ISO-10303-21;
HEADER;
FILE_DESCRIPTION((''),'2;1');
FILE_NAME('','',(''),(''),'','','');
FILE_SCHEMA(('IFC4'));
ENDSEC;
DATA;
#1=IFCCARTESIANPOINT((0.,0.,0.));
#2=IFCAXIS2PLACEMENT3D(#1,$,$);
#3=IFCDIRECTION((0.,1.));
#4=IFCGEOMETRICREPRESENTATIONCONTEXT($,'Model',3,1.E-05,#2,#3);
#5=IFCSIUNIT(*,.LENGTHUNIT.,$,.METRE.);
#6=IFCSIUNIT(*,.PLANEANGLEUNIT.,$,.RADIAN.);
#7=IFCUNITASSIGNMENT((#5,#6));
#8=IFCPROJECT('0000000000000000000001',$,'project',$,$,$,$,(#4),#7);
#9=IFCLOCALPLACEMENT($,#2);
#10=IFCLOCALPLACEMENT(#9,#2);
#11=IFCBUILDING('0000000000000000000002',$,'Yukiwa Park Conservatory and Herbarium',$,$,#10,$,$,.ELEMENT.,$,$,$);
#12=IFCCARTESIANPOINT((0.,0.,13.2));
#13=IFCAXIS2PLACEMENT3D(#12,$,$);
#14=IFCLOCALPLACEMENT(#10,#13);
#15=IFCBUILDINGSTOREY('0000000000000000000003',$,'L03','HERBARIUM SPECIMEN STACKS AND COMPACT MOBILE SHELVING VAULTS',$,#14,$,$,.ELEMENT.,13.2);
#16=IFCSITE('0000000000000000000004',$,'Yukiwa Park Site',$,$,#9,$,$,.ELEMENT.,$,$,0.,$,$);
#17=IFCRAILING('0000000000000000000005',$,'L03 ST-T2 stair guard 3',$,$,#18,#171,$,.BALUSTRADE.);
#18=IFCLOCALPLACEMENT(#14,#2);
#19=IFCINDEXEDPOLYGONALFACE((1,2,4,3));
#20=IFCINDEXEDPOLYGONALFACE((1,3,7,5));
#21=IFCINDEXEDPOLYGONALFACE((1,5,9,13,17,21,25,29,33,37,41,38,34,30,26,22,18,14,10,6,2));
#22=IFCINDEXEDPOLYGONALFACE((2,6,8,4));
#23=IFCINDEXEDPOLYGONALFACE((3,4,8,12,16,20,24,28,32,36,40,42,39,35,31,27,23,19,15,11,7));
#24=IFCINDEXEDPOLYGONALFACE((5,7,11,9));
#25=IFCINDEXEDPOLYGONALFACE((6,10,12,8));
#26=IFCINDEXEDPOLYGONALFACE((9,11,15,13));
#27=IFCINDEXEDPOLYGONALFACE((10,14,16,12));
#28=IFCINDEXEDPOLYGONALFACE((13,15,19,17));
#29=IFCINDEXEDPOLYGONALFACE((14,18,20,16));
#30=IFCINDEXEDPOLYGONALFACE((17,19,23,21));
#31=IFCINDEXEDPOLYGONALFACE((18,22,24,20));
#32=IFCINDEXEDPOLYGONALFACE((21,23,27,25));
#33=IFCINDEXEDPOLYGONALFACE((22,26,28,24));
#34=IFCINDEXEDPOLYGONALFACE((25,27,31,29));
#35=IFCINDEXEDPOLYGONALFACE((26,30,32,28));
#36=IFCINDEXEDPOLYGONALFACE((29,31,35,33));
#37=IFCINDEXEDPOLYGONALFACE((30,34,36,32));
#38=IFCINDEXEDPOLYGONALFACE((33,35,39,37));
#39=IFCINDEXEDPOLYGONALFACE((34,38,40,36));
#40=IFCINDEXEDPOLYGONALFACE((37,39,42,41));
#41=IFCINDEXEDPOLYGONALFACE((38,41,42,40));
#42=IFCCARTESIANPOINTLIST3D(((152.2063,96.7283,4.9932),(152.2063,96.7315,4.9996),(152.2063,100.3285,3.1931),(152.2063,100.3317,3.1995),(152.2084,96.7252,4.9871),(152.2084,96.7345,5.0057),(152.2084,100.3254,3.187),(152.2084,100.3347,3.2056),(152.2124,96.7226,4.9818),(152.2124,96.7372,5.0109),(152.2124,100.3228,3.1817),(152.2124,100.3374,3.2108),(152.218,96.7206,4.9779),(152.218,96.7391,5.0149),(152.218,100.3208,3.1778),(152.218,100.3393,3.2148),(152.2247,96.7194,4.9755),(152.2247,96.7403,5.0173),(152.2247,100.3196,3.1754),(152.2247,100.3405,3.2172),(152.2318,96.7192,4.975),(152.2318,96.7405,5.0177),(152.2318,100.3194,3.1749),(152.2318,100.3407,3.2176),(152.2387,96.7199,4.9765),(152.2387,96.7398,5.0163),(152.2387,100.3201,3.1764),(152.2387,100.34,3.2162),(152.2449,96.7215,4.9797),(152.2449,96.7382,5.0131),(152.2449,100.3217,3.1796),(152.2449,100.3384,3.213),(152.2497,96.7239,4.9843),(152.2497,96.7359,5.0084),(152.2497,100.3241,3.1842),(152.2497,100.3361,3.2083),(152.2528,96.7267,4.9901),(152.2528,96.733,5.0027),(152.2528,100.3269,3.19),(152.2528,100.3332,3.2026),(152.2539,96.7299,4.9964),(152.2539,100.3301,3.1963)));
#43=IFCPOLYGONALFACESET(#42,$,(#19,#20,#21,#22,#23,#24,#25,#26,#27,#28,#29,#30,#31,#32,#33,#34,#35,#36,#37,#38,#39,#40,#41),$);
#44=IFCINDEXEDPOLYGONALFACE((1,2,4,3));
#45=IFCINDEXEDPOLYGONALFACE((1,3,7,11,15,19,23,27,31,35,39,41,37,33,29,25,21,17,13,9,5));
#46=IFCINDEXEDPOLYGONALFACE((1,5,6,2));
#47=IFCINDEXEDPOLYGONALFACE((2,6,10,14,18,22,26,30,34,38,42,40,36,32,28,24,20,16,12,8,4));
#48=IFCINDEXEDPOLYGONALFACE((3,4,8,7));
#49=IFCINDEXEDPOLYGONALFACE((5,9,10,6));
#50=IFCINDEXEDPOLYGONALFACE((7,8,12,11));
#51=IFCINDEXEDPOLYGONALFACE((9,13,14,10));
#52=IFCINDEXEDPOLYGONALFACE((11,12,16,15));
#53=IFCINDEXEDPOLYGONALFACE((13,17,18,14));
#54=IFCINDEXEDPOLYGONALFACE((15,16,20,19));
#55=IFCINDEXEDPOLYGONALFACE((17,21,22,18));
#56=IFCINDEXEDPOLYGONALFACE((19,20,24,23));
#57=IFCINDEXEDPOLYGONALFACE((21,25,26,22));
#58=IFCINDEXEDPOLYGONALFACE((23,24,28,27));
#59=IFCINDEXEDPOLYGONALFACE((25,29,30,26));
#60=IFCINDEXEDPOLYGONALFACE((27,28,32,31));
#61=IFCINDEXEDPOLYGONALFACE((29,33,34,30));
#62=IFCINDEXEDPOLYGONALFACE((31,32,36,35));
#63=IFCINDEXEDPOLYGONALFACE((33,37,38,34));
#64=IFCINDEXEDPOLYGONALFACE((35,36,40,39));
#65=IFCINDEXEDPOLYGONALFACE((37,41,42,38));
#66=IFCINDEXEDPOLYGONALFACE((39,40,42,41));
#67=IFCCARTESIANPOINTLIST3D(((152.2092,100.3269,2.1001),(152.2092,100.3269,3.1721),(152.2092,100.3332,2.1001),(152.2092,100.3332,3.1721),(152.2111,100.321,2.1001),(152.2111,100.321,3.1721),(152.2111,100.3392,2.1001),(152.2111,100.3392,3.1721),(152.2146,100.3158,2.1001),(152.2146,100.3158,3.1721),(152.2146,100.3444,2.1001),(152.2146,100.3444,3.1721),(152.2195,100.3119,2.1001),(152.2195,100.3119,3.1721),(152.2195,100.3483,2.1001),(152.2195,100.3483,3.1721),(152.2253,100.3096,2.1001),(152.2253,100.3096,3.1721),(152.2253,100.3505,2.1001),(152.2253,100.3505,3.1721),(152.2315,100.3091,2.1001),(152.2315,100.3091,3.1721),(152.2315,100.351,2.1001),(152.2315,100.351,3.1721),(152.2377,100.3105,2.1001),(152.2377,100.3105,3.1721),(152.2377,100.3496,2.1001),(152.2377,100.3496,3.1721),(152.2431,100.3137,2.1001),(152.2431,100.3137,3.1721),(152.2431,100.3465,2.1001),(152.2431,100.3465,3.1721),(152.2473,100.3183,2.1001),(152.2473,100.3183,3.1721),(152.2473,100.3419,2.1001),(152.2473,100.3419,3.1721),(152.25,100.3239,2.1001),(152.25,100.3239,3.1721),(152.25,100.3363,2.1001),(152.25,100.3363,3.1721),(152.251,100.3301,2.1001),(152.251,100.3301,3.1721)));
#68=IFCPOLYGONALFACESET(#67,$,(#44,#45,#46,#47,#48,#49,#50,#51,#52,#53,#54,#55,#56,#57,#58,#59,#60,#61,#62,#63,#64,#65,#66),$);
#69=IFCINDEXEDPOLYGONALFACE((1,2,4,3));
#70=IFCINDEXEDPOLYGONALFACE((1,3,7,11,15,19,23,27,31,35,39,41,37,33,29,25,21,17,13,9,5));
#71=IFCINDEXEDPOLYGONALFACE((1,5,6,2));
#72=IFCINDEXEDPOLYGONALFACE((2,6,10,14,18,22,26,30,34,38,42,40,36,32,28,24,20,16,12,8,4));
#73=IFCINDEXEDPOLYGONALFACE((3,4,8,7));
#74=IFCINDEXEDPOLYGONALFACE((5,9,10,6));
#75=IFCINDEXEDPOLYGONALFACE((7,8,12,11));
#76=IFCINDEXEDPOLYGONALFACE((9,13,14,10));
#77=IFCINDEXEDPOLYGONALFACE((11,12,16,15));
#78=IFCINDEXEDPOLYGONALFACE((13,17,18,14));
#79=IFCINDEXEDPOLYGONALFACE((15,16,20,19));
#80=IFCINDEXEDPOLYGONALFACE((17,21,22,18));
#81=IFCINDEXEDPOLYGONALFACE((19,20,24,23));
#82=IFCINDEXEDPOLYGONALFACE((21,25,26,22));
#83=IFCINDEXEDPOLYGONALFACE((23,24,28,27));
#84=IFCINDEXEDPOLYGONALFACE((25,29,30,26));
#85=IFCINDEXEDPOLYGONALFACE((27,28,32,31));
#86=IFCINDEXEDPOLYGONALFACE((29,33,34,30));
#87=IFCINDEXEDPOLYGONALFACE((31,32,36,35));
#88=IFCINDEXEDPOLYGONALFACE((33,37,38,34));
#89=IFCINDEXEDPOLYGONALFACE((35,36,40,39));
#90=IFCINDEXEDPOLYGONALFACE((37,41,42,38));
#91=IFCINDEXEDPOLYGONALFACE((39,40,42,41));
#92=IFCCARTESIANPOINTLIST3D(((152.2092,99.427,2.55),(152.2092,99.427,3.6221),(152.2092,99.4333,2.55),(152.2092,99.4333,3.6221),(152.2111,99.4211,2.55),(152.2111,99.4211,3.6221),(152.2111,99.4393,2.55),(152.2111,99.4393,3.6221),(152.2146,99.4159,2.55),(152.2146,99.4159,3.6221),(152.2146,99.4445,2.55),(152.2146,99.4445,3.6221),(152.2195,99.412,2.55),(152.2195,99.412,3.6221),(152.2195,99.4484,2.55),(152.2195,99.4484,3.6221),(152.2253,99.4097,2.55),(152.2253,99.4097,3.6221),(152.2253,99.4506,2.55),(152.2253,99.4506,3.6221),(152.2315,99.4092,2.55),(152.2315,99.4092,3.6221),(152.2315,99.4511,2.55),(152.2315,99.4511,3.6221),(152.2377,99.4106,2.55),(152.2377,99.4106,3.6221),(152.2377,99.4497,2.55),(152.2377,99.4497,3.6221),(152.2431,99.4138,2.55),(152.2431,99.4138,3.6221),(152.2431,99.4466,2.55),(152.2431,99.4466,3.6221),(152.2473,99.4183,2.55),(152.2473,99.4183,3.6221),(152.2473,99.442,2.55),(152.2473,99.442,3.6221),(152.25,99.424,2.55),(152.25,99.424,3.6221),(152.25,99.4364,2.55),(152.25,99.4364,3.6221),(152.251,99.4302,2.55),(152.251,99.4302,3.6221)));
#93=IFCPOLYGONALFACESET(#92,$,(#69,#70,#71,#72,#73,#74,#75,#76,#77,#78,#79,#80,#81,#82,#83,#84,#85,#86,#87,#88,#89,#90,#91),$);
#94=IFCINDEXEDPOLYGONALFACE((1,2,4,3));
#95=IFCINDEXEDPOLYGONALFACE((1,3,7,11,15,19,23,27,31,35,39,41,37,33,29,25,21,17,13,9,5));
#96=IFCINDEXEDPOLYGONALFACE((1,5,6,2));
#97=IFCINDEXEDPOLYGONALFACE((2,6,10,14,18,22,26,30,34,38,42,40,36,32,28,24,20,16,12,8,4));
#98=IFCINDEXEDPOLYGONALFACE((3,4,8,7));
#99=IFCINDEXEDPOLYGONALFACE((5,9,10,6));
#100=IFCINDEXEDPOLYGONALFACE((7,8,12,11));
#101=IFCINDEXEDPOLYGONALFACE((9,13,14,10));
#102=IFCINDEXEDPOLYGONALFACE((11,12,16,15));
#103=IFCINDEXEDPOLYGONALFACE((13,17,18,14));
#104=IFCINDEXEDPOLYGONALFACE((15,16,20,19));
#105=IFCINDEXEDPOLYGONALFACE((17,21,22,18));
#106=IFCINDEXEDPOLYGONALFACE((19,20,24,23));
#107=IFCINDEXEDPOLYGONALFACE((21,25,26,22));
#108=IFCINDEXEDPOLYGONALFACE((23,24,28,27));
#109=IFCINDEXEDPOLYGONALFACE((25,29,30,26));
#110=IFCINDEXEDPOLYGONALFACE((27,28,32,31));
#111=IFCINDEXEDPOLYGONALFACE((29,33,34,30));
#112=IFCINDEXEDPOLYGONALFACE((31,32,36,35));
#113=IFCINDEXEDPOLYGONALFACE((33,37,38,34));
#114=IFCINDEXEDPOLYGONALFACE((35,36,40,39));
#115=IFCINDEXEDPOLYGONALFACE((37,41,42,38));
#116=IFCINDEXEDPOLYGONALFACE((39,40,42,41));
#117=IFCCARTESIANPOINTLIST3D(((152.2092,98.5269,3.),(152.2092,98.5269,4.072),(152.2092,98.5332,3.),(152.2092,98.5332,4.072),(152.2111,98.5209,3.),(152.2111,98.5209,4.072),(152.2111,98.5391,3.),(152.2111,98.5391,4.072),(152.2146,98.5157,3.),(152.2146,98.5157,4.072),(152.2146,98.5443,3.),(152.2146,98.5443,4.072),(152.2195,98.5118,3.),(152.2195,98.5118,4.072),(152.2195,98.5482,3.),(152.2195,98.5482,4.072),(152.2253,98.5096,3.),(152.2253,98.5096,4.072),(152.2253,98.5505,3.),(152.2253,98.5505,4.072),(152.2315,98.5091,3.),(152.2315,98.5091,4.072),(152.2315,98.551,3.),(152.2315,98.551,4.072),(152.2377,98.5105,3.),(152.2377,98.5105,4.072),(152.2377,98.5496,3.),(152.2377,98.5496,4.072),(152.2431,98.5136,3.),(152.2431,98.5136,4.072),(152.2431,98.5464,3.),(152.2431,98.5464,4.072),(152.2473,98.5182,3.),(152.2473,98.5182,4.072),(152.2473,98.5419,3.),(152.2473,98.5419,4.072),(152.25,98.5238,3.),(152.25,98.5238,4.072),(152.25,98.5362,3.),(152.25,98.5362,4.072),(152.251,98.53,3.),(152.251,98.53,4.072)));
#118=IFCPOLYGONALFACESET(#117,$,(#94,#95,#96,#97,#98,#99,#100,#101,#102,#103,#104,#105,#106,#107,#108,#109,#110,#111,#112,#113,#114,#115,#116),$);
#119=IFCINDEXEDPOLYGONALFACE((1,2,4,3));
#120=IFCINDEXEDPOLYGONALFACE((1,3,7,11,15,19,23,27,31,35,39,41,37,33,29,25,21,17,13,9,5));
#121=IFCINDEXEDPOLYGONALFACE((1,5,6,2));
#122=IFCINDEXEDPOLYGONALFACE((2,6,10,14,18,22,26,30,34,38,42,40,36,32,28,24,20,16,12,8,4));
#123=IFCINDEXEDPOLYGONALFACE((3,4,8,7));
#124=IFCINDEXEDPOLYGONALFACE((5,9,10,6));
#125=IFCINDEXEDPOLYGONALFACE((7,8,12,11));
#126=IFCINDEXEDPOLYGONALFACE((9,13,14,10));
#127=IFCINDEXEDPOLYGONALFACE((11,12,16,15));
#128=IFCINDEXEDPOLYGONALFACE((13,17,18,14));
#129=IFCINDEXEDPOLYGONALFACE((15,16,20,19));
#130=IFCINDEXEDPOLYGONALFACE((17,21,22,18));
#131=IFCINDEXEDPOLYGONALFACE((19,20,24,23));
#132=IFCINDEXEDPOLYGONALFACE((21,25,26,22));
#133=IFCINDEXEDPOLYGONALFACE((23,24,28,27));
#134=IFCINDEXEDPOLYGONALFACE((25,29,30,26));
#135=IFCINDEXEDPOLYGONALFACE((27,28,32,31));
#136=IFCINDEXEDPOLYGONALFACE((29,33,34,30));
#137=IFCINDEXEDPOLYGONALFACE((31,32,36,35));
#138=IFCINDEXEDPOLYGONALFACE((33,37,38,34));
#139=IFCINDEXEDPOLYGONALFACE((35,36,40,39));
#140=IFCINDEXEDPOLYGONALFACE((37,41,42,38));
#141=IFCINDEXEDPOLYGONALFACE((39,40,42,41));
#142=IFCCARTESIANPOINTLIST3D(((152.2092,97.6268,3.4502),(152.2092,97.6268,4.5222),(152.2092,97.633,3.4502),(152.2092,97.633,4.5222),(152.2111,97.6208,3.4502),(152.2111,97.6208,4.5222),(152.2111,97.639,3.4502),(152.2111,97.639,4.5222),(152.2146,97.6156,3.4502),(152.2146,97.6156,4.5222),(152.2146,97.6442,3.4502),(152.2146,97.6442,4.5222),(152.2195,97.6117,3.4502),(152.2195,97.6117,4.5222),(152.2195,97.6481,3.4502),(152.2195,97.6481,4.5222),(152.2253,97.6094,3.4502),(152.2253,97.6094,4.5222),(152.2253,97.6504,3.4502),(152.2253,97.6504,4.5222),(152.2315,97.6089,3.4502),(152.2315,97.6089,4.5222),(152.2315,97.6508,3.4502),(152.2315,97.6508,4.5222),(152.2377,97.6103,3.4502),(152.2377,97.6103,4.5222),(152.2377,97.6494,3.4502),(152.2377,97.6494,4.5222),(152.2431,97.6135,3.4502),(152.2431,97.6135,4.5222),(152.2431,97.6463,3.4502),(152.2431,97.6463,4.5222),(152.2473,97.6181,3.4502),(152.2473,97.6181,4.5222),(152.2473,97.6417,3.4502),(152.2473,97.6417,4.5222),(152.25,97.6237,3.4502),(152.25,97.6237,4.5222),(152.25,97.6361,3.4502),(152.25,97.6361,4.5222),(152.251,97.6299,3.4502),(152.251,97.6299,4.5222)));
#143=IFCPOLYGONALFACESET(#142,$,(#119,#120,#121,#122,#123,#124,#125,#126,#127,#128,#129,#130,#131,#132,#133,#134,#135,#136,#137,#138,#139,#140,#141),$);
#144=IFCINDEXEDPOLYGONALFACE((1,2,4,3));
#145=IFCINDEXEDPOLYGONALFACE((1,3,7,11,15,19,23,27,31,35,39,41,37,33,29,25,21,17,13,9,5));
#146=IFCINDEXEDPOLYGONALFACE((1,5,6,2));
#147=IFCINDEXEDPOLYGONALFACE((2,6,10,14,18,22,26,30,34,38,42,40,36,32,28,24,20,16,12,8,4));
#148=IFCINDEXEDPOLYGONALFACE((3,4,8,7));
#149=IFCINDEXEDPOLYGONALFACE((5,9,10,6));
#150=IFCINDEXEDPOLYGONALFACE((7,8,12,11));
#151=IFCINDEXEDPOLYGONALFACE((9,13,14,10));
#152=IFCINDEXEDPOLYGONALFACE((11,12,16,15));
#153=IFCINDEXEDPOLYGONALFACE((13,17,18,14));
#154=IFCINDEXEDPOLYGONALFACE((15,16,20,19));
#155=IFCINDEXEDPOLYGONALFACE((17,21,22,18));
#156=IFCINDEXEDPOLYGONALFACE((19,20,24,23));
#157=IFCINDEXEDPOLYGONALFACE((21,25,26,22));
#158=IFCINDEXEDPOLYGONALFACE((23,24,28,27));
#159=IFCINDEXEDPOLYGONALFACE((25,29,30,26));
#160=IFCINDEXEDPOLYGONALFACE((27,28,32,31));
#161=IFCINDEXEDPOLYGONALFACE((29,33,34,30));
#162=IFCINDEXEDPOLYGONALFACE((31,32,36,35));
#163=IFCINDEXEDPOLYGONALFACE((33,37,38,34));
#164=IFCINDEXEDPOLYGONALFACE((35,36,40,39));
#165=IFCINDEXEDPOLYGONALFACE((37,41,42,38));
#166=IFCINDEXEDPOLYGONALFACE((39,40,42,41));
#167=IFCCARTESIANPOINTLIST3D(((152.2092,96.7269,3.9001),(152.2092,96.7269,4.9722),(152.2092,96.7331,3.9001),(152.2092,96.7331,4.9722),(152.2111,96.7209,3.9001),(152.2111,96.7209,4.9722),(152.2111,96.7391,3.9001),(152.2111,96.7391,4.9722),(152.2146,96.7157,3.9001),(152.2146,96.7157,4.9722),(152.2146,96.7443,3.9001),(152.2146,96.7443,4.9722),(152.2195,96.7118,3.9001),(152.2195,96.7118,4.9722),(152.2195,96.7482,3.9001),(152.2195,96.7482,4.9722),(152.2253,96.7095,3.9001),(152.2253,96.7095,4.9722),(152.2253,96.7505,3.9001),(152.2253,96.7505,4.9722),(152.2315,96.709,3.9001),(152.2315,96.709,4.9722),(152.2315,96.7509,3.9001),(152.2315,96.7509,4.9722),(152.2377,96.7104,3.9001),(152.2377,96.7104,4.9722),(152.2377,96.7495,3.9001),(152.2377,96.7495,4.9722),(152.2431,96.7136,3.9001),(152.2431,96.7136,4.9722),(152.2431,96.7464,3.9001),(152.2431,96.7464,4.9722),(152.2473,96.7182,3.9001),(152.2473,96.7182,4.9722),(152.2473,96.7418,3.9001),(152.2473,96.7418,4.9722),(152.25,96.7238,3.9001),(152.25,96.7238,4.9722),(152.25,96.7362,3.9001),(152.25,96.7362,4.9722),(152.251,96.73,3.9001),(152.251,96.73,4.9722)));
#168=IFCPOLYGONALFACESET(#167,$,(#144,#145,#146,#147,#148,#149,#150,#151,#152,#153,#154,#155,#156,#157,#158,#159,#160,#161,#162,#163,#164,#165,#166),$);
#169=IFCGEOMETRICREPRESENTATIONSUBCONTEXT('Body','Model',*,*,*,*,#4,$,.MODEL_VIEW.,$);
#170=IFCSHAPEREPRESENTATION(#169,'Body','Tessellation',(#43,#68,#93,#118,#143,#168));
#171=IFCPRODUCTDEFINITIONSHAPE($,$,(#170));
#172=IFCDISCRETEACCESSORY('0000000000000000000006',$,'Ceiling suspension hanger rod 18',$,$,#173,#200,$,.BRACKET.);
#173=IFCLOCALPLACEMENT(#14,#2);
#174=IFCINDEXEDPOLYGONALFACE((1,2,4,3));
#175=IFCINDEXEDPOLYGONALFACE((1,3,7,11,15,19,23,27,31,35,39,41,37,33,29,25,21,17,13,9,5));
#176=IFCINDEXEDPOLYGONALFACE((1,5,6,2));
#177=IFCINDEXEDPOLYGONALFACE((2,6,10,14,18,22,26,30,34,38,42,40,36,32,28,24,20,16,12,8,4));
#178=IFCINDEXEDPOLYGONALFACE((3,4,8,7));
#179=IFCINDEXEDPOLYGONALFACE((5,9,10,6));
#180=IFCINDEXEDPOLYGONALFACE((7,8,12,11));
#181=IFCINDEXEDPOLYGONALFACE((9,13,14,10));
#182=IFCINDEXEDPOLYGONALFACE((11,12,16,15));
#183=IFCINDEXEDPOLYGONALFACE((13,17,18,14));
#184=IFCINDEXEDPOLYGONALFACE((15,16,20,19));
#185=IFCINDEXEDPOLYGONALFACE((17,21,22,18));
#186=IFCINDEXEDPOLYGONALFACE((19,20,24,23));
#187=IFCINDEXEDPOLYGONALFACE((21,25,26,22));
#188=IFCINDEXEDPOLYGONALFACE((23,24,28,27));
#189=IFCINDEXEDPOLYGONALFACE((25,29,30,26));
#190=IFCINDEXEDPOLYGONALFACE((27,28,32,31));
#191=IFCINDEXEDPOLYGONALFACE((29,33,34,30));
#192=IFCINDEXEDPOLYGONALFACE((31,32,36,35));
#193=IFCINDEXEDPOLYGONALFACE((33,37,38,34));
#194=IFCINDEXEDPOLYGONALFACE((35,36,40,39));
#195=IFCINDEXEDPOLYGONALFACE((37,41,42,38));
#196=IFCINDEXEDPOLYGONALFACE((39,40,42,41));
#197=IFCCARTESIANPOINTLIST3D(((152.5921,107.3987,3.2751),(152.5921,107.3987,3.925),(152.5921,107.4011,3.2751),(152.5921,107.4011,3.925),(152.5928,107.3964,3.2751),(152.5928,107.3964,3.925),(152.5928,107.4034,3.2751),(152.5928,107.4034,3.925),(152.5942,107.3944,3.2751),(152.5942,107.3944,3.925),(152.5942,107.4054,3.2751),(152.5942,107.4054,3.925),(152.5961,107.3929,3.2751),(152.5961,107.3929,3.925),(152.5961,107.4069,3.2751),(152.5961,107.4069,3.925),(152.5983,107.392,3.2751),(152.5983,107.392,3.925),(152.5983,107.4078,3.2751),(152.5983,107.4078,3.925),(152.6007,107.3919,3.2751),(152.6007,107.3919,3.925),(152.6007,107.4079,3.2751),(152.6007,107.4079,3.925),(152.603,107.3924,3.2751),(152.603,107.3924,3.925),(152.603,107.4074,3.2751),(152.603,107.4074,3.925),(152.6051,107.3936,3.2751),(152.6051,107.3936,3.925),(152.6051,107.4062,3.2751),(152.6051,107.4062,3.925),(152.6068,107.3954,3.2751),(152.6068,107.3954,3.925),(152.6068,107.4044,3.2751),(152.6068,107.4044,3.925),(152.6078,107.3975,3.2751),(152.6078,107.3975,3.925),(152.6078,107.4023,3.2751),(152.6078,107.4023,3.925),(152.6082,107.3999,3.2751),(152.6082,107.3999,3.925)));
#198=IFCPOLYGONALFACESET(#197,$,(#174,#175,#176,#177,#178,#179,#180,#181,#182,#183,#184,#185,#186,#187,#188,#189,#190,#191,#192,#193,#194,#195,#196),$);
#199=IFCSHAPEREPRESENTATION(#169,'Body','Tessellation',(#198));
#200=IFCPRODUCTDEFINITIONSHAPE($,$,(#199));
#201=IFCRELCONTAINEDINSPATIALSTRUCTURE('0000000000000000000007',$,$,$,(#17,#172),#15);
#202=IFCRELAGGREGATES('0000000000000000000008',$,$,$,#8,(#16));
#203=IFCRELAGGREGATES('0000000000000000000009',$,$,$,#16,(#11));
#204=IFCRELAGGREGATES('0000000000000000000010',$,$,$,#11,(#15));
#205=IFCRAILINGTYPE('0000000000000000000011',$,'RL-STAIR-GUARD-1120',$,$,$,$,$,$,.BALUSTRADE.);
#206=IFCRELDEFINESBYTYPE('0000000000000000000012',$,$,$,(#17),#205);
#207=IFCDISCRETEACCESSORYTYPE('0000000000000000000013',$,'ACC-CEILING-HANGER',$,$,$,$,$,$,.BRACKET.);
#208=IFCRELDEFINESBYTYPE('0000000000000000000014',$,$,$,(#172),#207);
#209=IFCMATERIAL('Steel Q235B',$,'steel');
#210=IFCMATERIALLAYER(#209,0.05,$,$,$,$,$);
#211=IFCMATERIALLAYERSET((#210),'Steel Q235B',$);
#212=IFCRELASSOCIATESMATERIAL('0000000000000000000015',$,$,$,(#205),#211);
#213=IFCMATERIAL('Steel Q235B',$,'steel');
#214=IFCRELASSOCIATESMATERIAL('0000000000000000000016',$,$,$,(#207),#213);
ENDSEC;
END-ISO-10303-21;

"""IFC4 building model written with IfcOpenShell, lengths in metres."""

from ifc_helpers import new_model, si_unit, direction, frame, origin, origin_2d, place, context, subcontext, project, spatial, circle, extrude, material, layer, layer_set, type_object, element, save


model = new_model("IFC4")

# Units and contexts
model_context = context("Model", 3, precision=1e-05, world=origin(), true_north=direction((0.0, 1.0)))
body_context = subcontext(model_context, "Body", "Model", "MODEL_VIEW")
ifc_project = project(units=[si_unit("LENGTHUNIT", "METRE"), si_unit("PLANEANGLEUNIT", "RADIAN")], contexts=[model_context])

# Site, building, storey
site_placement = place(None, origin())
site = spatial("IfcSite", under=ifc_project, at=site_placement, Name="Yukiwa Park Site", CompositionType="ELEMENT", RefElevation=0.0)
building_placement = place(site_placement, origin())
building = spatial("IfcBuilding", under=site, at=building_placement, Name="Yukiwa Park Conservatory and Herbarium", CompositionType="ELEMENT")
storey_placement = place(building_placement, frame((0.0, 0.0, 13.2)))
storey = spatial("IfcBuildingStorey", under=building, at=storey_placement, Name="L03", Description="HERBARIUM SPECIMEN STACKS AND COMPACT MOBILE SHELVING VAULTS", CompositionType="ELEMENT", Elevation=13.2)

# Railing
ifc_material_1 = material(Name="Steel Q235B", Category="steel")
ifc_layer_1 = layer(ifc_material_1, 0.05)
ifc_layer_set_1 = layer_set([ifc_layer_1], Name="Steel Q235B")
railing_type = type_object("IfcRailingType", Name="RL-STAIR-GUARD-1120", PredefinedType="BALUSTRADE", material=ifc_layer_set_1)
railing_1_placement = place(storey_placement, frame((152.23, 100.3301, 2.1001)))
element("IfcRailing", 1, at=railing_1_placement, inside=storey, type_object=railing_type, Name="L03 ST-T2 stair guard 3", PredefinedType="BALUSTRADE", context=body_context, shape_type="SweptSolid", body=[
    extrude(circle(Radius=0.0239, at=origin_2d()), frame((0.0, 0.0, 1.0962), z_axis=(0.0, -0.894427, 0.447214), x_axis=(1.0, 0.0, 0.0)), (0.0, 0.0, 1.0), 4.0251),
    extrude(circle(Radius=0.021, at=origin_2d()), origin(), (0.0, 0.0, 1.0), 1.072),
    extrude(circle(Radius=0.021, at=origin_2d()), frame((0.0, -0.8999, 0.45)), (0.0, 0.0, 1.0), 1.072),
    extrude(circle(Radius=0.021, at=origin_2d()), frame((0.0, -1.8, 0.8999)), (0.0, 0.0, 1.0), 1.072),
    extrude(circle(Radius=0.021, at=origin_2d()), frame((0.0, -2.7002, 1.3501)), (0.0, 0.0, 1.0), 1.072),
    extrude(circle(Radius=0.021, at=origin_2d()), frame((0.0, -3.6001, 1.8)), (0.0, 0.0, 1.0), 1.072),
])

# Discrete accessory
ifc_material_2 = material(Name="Steel Q235B", Category="steel")
discrete_accessory_type = type_object("IfcDiscreteAccessoryType", Name="ACC-CEILING-HANGER", PredefinedType="BRACKET", material=ifc_material_2)
for number, where, z_axis, x_axis, name in (
    (2, (152.6001, 107.3999, 3.2751), (0.0, 0.0, 1.0), (1.0, 0.0, 0.0), "Ceiling suspension hanger rod 18"),
):
    element("IfcDiscreteAccessory", number, at=place(storey_placement, frame(where, z_axis=z_axis, x_axis=x_axis)), inside=storey, type_object=discrete_accessory_type, Name=name, PredefinedType="BRACKET", context=body_context, shape_type="SweptSolid", body=[
        extrude(circle(Radius=0.0081, at=origin_2d()), origin(), (0.0, 0.0, 1.0), 0.6499),
    ])

save(model, "model.ifc")
